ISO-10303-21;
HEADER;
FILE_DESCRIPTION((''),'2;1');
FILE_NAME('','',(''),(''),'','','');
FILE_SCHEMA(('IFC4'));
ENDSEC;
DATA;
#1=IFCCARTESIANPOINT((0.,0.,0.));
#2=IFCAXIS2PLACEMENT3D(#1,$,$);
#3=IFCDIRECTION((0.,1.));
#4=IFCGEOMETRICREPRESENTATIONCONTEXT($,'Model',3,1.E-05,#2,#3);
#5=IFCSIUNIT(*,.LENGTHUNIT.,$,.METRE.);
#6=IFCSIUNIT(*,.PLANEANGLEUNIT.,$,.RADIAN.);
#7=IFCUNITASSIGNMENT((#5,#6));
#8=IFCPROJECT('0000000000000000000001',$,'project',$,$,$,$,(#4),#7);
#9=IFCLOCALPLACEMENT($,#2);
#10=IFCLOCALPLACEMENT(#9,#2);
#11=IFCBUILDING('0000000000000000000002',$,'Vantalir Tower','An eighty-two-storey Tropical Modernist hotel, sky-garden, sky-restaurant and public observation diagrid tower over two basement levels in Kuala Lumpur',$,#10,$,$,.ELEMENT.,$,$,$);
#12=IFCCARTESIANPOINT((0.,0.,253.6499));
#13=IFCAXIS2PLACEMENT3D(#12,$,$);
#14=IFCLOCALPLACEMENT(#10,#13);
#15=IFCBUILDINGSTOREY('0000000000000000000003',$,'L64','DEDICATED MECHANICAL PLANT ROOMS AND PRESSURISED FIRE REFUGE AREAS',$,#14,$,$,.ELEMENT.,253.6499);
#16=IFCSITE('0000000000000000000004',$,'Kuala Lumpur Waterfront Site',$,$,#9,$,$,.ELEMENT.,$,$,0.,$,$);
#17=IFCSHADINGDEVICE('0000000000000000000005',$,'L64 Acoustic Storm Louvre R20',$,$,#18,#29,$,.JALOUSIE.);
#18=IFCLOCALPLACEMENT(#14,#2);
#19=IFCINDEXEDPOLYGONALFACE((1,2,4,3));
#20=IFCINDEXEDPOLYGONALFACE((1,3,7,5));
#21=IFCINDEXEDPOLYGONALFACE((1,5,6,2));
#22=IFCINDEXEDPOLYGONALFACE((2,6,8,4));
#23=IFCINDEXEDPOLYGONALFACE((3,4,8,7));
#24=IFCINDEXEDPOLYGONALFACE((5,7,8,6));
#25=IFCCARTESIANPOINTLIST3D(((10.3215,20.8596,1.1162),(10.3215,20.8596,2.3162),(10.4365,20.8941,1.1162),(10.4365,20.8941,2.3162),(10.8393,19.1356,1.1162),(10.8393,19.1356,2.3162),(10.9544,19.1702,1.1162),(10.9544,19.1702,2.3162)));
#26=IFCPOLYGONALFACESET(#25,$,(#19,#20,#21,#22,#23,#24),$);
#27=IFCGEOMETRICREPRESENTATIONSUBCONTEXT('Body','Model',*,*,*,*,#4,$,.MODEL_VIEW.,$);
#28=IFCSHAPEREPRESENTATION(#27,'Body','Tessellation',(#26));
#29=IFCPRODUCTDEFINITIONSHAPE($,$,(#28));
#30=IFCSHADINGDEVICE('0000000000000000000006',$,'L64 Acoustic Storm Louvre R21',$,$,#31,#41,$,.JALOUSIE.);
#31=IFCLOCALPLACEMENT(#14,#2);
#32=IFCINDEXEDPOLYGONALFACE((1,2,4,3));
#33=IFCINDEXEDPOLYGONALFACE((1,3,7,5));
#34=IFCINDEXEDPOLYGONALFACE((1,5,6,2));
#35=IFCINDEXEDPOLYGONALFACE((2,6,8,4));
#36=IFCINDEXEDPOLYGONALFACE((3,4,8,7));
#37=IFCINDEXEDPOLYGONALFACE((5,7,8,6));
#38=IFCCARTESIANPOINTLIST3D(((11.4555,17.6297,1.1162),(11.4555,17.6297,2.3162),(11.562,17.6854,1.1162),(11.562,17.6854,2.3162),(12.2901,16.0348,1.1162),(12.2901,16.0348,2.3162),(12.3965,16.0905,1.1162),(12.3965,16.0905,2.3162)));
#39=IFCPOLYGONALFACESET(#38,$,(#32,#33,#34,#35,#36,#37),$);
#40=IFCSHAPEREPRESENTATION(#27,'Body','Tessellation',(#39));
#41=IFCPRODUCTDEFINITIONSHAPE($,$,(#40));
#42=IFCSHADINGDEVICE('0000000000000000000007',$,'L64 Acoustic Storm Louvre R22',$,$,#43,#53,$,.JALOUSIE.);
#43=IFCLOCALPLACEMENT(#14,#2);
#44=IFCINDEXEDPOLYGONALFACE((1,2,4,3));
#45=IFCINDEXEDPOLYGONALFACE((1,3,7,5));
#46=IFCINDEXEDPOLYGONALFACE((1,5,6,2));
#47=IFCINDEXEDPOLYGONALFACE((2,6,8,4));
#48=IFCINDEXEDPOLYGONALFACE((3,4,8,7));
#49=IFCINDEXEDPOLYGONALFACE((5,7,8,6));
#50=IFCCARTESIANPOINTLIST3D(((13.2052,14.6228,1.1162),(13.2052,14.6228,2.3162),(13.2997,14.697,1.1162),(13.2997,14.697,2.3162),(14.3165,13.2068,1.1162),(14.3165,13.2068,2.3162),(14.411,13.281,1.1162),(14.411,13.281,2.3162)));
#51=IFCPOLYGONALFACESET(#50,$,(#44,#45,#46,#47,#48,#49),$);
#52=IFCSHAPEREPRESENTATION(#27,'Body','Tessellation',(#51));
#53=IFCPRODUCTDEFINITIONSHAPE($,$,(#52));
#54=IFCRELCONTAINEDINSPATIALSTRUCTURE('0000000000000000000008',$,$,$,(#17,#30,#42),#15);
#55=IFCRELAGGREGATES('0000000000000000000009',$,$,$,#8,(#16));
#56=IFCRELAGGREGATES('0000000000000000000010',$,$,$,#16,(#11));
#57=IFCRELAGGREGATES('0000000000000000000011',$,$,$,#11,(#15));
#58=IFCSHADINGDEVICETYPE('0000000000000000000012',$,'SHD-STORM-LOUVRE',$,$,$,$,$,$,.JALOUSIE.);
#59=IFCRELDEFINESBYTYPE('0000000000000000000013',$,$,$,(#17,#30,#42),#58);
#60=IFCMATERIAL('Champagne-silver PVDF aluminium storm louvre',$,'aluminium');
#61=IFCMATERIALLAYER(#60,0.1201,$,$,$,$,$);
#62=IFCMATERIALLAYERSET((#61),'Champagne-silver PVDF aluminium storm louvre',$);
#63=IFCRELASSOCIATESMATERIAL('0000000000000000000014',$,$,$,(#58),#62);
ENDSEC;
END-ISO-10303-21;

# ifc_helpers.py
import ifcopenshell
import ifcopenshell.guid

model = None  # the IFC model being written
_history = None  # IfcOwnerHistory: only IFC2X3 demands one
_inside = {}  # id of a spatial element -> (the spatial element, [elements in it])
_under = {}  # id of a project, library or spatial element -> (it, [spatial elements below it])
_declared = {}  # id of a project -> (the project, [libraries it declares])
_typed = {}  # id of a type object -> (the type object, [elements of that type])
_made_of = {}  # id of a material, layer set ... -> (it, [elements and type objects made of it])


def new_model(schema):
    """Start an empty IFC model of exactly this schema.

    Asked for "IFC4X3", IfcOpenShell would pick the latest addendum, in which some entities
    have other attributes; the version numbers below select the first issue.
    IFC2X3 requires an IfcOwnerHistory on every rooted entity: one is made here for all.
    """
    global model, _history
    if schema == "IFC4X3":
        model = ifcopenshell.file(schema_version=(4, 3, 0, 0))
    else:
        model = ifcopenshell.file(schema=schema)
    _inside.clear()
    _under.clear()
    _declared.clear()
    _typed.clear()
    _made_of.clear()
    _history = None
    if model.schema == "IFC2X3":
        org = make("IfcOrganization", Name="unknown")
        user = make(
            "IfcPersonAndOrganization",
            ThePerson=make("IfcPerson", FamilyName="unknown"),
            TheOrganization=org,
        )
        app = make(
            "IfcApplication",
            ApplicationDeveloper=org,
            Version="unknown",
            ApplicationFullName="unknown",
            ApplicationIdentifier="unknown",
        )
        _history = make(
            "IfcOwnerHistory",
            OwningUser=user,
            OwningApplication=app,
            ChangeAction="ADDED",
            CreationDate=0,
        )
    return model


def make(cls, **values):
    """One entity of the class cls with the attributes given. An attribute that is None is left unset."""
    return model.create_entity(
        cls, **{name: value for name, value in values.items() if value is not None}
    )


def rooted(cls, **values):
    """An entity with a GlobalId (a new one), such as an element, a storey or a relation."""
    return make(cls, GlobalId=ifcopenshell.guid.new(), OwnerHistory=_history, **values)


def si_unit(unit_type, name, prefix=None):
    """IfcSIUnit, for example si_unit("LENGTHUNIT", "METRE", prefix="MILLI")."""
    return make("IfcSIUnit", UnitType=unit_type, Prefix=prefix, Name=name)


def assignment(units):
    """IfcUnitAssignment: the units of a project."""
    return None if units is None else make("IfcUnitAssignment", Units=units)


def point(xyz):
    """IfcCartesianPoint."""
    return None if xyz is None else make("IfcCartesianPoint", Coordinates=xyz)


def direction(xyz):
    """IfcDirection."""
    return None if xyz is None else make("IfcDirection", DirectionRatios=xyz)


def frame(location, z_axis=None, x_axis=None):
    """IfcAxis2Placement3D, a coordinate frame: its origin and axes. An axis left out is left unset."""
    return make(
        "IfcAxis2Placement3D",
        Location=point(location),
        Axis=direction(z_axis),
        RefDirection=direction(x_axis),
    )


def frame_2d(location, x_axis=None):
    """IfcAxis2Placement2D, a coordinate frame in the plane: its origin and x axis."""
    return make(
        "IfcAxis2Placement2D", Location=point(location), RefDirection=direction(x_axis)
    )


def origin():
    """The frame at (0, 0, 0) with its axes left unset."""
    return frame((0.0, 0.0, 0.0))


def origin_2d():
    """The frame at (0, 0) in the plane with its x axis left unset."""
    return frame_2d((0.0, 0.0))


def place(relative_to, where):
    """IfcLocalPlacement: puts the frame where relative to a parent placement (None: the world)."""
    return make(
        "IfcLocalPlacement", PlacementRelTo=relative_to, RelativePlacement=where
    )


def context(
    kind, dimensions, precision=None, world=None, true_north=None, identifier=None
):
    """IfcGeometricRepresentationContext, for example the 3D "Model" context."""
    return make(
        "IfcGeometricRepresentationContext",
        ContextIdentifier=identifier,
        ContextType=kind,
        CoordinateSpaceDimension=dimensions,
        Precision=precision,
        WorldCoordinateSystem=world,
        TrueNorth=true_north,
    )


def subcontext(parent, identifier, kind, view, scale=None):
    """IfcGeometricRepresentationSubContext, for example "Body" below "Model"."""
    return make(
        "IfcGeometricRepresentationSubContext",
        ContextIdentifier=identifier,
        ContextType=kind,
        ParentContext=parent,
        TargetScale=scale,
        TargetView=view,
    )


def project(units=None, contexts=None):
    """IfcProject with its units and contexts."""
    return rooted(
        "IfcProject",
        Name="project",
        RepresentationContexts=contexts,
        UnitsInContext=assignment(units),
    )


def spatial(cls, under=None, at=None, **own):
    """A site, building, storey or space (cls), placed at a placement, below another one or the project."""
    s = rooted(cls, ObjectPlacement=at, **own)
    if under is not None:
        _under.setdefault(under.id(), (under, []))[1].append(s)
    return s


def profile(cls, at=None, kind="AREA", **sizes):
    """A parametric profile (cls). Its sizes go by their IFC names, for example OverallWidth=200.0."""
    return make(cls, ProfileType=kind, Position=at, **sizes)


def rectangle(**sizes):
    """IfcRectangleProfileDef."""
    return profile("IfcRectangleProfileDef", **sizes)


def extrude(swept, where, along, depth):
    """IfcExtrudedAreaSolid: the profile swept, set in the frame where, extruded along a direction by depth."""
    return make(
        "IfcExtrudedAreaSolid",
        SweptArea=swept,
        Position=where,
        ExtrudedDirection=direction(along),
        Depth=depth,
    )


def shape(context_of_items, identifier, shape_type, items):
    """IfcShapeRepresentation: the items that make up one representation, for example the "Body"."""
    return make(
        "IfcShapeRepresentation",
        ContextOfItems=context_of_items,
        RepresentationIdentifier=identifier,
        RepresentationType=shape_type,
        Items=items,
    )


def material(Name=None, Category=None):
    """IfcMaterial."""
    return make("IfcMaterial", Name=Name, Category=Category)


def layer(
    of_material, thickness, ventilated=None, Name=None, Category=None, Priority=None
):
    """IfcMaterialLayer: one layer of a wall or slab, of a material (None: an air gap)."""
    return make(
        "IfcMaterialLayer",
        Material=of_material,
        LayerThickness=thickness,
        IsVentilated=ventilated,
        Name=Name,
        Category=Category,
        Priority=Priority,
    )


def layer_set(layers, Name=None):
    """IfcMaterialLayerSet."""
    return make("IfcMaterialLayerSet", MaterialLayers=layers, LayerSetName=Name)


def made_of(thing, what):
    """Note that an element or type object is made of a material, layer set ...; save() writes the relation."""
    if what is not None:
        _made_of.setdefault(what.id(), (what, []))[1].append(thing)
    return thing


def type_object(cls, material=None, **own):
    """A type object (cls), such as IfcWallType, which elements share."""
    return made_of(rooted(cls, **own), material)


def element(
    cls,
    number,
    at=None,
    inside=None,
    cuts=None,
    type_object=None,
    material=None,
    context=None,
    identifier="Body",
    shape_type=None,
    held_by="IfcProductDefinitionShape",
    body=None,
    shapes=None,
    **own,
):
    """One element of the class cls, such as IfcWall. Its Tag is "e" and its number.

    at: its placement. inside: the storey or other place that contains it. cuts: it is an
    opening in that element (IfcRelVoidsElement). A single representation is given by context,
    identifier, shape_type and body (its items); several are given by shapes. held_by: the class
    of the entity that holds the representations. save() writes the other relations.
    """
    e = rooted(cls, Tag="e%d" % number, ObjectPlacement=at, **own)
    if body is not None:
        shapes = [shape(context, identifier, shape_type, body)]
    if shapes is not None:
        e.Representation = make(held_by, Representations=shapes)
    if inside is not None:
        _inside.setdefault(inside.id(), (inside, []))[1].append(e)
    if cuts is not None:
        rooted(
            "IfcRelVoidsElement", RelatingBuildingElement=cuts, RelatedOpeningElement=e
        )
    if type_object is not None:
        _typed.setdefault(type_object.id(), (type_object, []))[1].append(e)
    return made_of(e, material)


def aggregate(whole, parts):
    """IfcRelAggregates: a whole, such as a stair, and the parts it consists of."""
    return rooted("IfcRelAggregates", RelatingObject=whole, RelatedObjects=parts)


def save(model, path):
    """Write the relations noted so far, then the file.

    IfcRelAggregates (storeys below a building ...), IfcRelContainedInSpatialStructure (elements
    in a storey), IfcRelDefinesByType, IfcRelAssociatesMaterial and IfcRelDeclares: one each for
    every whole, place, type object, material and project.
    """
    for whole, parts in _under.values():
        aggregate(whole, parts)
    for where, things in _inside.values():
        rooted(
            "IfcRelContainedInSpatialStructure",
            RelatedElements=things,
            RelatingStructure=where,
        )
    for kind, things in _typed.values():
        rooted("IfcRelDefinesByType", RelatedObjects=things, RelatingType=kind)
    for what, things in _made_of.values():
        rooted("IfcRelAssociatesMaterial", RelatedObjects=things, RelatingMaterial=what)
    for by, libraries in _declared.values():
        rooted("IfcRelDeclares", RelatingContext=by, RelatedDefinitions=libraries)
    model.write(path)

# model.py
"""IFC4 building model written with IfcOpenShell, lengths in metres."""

from ifc_helpers import new_model, si_unit, direction, frame, origin, origin_2d, place, context, subcontext, project, spatial, rectangle, extrude, material, layer, layer_set, type_object, element, save


model = new_model("IFC4")

# Units and contexts
model_context = context("Model", 3, precision=1e-05, world=origin(), true_north=direction((0.0, 1.0)))
body_context = subcontext(model_context, "Body", "Model", "MODEL_VIEW")
ifc_project = project(units=[si_unit("LENGTHUNIT", "METRE"), si_unit("PLANEANGLEUNIT", "RADIAN")], contexts=[model_context])

# Site, building, storey
site_placement = place(None, origin())
site = spatial("IfcSite", under=ifc_project, at=site_placement, Name="Kuala Lumpur Waterfront Site", CompositionType="ELEMENT", RefElevation=0.0)
building_placement = place(site_placement, origin())
building = spatial("IfcBuilding", under=site, at=building_placement, Name="Vantalir Tower", Description="An eighty-two-storey Tropical Modernist hotel, sky-garden, sky-restaurant and public observation diagrid tower over two basement levels in Kuala Lumpur", CompositionType="ELEMENT")
storey_placement = place(building_placement, frame((0.0, 0.0, 253.6499)))
storey = spatial("IfcBuildingStorey", under=building, at=storey_placement, Name="L64", Description="DEDICATED MECHANICAL PLANT ROOMS AND PRESSURISED FIRE REFUGE AREAS", CompositionType="ELEMENT", Elevation=253.6499)

# Shading devices
ifc_material_1 = material(Name="Champagne-silver PVDF aluminium storm louvre", Category="aluminium")
ifc_layer_1 = layer(ifc_material_1, 0.1201)
ifc_layer_set_1 = layer_set([ifc_layer_1], Name="Champagne-silver PVDF aluminium storm louvre")
shading_device_type = type_object("IfcShadingDeviceType", Name="SHD-STORM-LOUVRE", PredefinedType="JALOUSIE", material=ifc_layer_set_1)
for number, where, z_axis, x_axis, name in (
    (1, (10.6379, 20.0149, 1.1162), (0.0, 0.0, 1.0), (0.287678, -0.957727, 0.0), "L64 Acoustic Storm Louvre R20"),
    (2, (11.926, 16.8601, 1.1162), (0.0, 0.0, 1.0), (0.463621, -0.886034, 0.0), "L64 Acoustic Storm Louvre R21"),
    (3, (13.8081, 13.9519, 1.1162), (0.0, 0.0, 1.0), (0.617407, -0.786644, 0.0), "L64 Acoustic Storm Louvre R22"),
):
    element("IfcShadingDevice", number, at=place(storey_placement, frame(where, z_axis=z_axis, x_axis=x_axis)), inside=storey, type_object=shading_device_type, Name=name, PredefinedType="JALOUSIE", context=body_context, shape_type="SweptSolid", body=[
        extrude(rectangle(XDim=1.8, YDim=0.1201, at=origin_2d()), origin(), (0.0, 0.0, 1.0), 1.2),
    ])

save(model, "model.ifc")
